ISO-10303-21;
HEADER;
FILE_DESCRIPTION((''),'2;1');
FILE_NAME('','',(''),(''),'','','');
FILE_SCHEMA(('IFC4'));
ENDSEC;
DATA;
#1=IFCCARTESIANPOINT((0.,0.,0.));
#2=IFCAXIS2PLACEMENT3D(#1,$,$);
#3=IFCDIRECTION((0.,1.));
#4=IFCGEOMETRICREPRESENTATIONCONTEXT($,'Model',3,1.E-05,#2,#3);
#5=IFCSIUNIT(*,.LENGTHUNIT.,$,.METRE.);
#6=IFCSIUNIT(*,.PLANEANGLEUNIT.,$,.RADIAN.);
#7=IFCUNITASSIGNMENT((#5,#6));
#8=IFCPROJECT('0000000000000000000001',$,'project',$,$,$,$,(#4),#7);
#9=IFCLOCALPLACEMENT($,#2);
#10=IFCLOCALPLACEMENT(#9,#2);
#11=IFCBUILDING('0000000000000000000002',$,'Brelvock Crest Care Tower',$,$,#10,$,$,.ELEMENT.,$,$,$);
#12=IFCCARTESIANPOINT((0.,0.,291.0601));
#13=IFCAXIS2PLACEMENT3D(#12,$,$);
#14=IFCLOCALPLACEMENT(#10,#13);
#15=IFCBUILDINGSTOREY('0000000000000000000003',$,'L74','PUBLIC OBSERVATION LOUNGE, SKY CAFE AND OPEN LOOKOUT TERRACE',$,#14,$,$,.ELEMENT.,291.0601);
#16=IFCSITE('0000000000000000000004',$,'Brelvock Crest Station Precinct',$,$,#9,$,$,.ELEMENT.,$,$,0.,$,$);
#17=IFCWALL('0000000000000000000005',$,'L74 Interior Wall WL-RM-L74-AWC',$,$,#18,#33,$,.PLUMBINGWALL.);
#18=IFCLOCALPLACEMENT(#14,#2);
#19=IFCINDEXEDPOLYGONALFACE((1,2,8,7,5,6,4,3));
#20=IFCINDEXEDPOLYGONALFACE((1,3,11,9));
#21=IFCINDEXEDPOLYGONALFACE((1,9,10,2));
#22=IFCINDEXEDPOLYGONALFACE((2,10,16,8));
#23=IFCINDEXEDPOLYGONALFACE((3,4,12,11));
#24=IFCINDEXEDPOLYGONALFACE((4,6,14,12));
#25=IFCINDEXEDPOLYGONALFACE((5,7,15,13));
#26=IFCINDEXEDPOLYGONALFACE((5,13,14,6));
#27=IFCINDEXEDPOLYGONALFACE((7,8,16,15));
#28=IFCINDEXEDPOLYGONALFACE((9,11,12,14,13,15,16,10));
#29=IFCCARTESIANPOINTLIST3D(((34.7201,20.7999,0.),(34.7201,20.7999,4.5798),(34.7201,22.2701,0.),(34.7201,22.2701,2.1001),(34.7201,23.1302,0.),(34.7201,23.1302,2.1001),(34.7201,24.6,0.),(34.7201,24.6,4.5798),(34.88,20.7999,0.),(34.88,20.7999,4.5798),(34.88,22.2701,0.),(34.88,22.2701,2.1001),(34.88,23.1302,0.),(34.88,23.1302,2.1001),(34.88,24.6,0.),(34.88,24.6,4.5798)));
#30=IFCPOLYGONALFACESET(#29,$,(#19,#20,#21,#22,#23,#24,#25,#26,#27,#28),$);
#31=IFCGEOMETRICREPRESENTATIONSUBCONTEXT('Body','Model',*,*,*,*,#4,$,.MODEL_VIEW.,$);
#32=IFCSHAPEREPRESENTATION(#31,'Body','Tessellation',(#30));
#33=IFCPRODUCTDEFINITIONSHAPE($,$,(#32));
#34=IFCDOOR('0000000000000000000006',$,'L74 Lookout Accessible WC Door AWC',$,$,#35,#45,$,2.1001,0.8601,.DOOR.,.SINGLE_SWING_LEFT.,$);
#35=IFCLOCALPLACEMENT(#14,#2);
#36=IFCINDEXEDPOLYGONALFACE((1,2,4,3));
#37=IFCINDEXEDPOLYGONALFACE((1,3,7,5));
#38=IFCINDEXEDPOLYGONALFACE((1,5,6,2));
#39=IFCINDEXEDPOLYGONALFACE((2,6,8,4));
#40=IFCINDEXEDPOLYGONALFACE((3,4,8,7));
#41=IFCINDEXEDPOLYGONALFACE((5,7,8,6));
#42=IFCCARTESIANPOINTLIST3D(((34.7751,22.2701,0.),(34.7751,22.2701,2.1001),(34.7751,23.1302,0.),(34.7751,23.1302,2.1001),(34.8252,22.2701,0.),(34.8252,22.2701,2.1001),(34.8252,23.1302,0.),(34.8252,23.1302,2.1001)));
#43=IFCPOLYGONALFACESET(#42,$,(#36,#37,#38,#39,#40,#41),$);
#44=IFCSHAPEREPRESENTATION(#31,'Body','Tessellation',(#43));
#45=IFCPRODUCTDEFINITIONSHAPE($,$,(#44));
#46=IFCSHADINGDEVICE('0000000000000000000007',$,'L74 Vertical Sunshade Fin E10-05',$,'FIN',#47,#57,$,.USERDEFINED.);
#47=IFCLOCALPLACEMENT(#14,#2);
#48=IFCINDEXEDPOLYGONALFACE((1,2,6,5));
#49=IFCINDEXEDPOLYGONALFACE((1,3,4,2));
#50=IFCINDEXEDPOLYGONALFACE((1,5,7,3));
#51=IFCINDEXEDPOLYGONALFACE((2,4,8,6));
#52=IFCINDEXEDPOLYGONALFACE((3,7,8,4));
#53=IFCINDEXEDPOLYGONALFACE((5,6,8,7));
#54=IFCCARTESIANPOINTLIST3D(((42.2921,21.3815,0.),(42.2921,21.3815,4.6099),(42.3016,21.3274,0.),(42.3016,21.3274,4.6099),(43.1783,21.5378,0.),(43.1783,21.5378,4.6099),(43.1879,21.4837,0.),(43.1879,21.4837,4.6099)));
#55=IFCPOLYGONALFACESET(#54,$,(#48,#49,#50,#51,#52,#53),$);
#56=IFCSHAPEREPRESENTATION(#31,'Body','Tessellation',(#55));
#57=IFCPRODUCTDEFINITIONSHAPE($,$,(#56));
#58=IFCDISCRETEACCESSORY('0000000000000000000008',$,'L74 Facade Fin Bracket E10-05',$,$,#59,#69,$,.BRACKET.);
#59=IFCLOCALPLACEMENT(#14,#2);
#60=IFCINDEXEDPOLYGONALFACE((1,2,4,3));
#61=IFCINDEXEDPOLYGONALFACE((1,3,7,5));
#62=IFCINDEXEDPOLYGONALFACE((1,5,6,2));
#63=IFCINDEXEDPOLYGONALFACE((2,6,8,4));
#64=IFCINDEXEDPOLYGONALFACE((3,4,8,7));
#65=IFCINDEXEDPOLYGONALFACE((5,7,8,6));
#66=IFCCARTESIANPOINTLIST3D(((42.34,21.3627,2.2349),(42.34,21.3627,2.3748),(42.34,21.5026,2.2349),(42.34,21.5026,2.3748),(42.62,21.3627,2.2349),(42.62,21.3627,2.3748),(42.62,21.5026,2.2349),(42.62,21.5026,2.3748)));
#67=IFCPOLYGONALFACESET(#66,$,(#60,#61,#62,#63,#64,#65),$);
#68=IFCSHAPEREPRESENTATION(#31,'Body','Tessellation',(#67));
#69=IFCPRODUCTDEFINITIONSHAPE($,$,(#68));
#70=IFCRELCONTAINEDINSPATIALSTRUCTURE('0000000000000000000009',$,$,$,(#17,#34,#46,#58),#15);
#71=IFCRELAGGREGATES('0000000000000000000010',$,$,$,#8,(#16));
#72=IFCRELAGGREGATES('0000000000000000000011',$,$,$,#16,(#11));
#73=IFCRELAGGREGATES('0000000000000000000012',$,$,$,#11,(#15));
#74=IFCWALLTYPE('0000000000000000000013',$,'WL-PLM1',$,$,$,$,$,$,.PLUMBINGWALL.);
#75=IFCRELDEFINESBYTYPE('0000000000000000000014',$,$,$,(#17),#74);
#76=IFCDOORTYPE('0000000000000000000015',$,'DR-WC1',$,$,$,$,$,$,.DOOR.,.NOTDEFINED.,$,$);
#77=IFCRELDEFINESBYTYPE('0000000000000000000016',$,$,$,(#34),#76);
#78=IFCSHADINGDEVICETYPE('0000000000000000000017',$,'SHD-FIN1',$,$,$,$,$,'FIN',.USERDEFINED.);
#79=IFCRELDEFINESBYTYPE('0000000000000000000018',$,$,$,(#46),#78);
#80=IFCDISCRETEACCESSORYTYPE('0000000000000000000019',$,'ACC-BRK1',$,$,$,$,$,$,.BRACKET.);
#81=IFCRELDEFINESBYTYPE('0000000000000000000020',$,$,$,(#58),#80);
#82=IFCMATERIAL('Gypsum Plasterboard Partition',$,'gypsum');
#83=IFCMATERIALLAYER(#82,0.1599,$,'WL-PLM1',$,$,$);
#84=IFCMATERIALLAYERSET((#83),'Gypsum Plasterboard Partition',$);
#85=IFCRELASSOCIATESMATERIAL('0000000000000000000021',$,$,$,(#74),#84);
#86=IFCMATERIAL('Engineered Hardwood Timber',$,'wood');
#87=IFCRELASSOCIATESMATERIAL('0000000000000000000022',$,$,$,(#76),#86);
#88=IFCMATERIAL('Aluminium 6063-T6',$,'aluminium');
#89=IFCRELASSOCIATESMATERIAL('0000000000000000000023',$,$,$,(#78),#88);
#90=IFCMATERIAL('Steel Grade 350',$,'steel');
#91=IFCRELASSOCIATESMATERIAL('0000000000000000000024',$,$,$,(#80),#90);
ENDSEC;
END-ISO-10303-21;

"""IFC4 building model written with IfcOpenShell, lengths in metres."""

from ifc_helpers import new_model, si_unit, direction, frame, frame_2d, origin, origin_2d, place, context, subcontext, project, spatial, rectangle, extrude, source, transform, mapped, material, layer, layer_set, material_profile, profile_set, type_object, element, fill, save


model = new_model("IFC4")

# Units and contexts
model_context = context("Model", 3, precision=1e-05, world=origin(), true_north=direction((0.0, 1.0)))
body_context = subcontext(model_context, "Body", "Model", "MODEL_VIEW")
ifc_project = project(units=[si_unit("LENGTHUNIT", "METRE"), si_unit("PLANEANGLEUNIT", "RADIAN")], contexts=[model_context])

# Site, building, storey
site_placement = place(None, origin())
site = spatial("IfcSite", under=ifc_project, at=site_placement, Name="Brelvock Crest Station Precinct", CompositionType="ELEMENT", RefElevation=0.0)
building_placement = place(site_placement, origin())
building = spatial("IfcBuilding", under=site, at=building_placement, Name="Brelvock Crest Care Tower", CompositionType="ELEMENT")
storey_placement = place(building_placement, frame((0.0, 0.0, 291.0601)))
storey = spatial("IfcBuildingStorey", under=building, at=storey_placement, Name="L74", Description="PUBLIC OBSERVATION LOUNGE, SKY CAFE AND OPEN LOOKOUT TERRACE", CompositionType="ELEMENT", Elevation=291.0601)

# Shared definitions
ifc_material_1 = material(Name="Steel Grade 350", Category="steel")

# Shared definitions
ifc_material_2 = material(Name="Aluminium 6063-T6", Category="aluminium")

# Wall, opening, door
ifc_material_3 = material(Name="Engineered Hardwood Timber", Category="wood")
ifc_material_4 = material(Name="Gypsum Plasterboard Partition", Category="gypsum")
ifc_layer_1 = layer(ifc_material_4, 0.1599, Name="WL-PLM1")
ifc_layer_set_1 = layer_set([ifc_layer_1], Name="Gypsum Plasterboard Partition")
wall_type_1 = type_object("IfcWallType", Name="WL-PLM1", PredefinedType="PLUMBINGWALL", material=ifc_layer_set_1)
wall_1_placement = place(storey_placement, frame((34.8, 20.8, 0.0), z_axis=(0.0, 0.0, 1.0), x_axis=(0.0, 1.0, 0.0)))
wall_1 = element("IfcWall", 1, at=wall_1_placement, inside=storey, type_object=wall_type_1, Name="L74 Interior Wall WL-RM-L74-AWC", PredefinedType="PLUMBINGWALL", context=body_context, shape_type="SweptSolid", body=[
    extrude(rectangle(XDim=3.8, YDim=0.1599, at=frame_2d((1.8999, 0.0))), origin(), (0.0, 0.0, 1.0), 4.5798),
])
opening_1_placement = place(wall_1_placement, frame((1.47, 0.0, 0.0)))
opening_1 = element("IfcOpeningElement", 2, at=opening_1_placement, cuts=wall_1, PredefinedType="OPENING", context=body_context, shape_type="SweptSolid", body=[
    extrude(rectangle(XDim=0.8601, YDim=2.1001, at=origin_2d()), frame((0.4302, 0.0898, 1.05), z_axis=(0.0, -1.0, 0.0), x_axis=(1.0, 0.0, 0.0)), (0.0, 0.0, 1.0), 0.1799),
])
door_type_1 = type_object("IfcDoorType", Name="DR-WC1", OperationType="NOTDEFINED", PredefinedType="DOOR", material=ifc_material_3)
shared_shape_1 = source(origin(), body_context, "Body", "SweptSolid", [
    extrude(rectangle(XDim=0.8601, YDim=2.1001, at=origin_2d()), frame((0.4302, 0.0249, 1.05), z_axis=(0.0, -1.0, 0.0), x_axis=(1.0, 0.0, 0.0)), (0.0, 0.0, 1.0), 0.05),
])
door_1_placement = place(opening_1_placement, origin())
door_1 = element("IfcDoor", 3, at=door_1_placement, inside=storey, type_object=door_type_1, Name="L74 Lookout Accessible WC Door AWC", OperationType="SINGLE_SWING_LEFT", OverallHeight=2.1001, OverallWidth=0.8601, PredefinedType="DOOR", context=body_context, shape_type="MappedRepresentation", body=[
    mapped(shared_shape_1, transform((0.0, 0.0, 0.0), x_axis=(1.0, 0.0, 0.0), y_axis=(0.0, 1.0, 0.0), z_axis=(0.0, 0.0, 1.0), scale=1.0)),
])
fill(opening_1, door_1)

# Shading device
ifc_material_profile_1 = material_profile(ifc_material_2, rectangle(XDim=0.0549, YDim=0.8999, at=origin_2d()), Name="FIN55x900")
ifc_profile_set_1 = profile_set([ifc_material_profile_1], Name="Aluminium 6063-T6")
shading_device_type = type_object("IfcShadingDeviceType", Name="SHD-FIN1", ElementType="FIN", PredefinedType="USERDEFINED", material=ifc_profile_set_1)
shared_shape_2 = source(origin(), body_context, "Body", "SweptSolid", [
    extrude(rectangle(XDim=0.0549, YDim=0.8999, at=origin_2d()), origin(), (0.0, 0.0, 1.0), 4.6099),
])
shading_device_placement = place(storey_placement, frame((42.74, 21.4326, 0.0), z_axis=(0.0, 0.0, 1.0), x_axis=(0.173648, -0.984808, 0.0)))
element("IfcShadingDevice", 4, at=shading_device_placement, inside=storey, type_object=shading_device_type, Name="L74 Vertical Sunshade Fin E10-05", ObjectType="FIN", PredefinedType="USERDEFINED", context=body_context, shape_type="MappedRepresentation", body=[
    mapped(shared_shape_2, transform((0.0, 0.0, 0.0), x_axis=(1.0, 0.0, 0.0), y_axis=(0.0, 1.0, 0.0), z_axis=(0.0, 0.0, 1.0), scale=1.0)),
])

# Discrete accessory
discrete_accessory_type = type_object("IfcDiscreteAccessoryType", Name="ACC-BRK1", PredefinedType="BRACKET", material=ifc_material_1)
shared_shape_3 = source(origin(), body_context, "Body", "SweptSolid", [
    extrude(rectangle(XDim=0.28, YDim=0.1399, at=origin_2d()), origin(), (0.0, 0.0, 1.0), 0.1399),
])
discrete_accessory_placement = place(storey_placement, frame((42.48, 21.4326, 2.2349), z_axis=(0.0, 0.0, 1.0), x_axis=(1.0, 0.0, 0.0)))
element("IfcDiscreteAccessory", 5, at=discrete_accessory_placement, inside=storey, type_object=discrete_accessory_type, Name="L74 Facade Fin Bracket E10-05", PredefinedType="BRACKET", context=body_context, shape_type="MappedRepresentation", body=[
    mapped(shared_shape_3, transform((0.0, 0.0, 0.0), x_axis=(1.0, 0.0, 0.0), y_axis=(0.0, 1.0, 0.0), z_axis=(0.0, 0.0, 1.0), scale=1.0)),
])

save(model, "model.ifc")
